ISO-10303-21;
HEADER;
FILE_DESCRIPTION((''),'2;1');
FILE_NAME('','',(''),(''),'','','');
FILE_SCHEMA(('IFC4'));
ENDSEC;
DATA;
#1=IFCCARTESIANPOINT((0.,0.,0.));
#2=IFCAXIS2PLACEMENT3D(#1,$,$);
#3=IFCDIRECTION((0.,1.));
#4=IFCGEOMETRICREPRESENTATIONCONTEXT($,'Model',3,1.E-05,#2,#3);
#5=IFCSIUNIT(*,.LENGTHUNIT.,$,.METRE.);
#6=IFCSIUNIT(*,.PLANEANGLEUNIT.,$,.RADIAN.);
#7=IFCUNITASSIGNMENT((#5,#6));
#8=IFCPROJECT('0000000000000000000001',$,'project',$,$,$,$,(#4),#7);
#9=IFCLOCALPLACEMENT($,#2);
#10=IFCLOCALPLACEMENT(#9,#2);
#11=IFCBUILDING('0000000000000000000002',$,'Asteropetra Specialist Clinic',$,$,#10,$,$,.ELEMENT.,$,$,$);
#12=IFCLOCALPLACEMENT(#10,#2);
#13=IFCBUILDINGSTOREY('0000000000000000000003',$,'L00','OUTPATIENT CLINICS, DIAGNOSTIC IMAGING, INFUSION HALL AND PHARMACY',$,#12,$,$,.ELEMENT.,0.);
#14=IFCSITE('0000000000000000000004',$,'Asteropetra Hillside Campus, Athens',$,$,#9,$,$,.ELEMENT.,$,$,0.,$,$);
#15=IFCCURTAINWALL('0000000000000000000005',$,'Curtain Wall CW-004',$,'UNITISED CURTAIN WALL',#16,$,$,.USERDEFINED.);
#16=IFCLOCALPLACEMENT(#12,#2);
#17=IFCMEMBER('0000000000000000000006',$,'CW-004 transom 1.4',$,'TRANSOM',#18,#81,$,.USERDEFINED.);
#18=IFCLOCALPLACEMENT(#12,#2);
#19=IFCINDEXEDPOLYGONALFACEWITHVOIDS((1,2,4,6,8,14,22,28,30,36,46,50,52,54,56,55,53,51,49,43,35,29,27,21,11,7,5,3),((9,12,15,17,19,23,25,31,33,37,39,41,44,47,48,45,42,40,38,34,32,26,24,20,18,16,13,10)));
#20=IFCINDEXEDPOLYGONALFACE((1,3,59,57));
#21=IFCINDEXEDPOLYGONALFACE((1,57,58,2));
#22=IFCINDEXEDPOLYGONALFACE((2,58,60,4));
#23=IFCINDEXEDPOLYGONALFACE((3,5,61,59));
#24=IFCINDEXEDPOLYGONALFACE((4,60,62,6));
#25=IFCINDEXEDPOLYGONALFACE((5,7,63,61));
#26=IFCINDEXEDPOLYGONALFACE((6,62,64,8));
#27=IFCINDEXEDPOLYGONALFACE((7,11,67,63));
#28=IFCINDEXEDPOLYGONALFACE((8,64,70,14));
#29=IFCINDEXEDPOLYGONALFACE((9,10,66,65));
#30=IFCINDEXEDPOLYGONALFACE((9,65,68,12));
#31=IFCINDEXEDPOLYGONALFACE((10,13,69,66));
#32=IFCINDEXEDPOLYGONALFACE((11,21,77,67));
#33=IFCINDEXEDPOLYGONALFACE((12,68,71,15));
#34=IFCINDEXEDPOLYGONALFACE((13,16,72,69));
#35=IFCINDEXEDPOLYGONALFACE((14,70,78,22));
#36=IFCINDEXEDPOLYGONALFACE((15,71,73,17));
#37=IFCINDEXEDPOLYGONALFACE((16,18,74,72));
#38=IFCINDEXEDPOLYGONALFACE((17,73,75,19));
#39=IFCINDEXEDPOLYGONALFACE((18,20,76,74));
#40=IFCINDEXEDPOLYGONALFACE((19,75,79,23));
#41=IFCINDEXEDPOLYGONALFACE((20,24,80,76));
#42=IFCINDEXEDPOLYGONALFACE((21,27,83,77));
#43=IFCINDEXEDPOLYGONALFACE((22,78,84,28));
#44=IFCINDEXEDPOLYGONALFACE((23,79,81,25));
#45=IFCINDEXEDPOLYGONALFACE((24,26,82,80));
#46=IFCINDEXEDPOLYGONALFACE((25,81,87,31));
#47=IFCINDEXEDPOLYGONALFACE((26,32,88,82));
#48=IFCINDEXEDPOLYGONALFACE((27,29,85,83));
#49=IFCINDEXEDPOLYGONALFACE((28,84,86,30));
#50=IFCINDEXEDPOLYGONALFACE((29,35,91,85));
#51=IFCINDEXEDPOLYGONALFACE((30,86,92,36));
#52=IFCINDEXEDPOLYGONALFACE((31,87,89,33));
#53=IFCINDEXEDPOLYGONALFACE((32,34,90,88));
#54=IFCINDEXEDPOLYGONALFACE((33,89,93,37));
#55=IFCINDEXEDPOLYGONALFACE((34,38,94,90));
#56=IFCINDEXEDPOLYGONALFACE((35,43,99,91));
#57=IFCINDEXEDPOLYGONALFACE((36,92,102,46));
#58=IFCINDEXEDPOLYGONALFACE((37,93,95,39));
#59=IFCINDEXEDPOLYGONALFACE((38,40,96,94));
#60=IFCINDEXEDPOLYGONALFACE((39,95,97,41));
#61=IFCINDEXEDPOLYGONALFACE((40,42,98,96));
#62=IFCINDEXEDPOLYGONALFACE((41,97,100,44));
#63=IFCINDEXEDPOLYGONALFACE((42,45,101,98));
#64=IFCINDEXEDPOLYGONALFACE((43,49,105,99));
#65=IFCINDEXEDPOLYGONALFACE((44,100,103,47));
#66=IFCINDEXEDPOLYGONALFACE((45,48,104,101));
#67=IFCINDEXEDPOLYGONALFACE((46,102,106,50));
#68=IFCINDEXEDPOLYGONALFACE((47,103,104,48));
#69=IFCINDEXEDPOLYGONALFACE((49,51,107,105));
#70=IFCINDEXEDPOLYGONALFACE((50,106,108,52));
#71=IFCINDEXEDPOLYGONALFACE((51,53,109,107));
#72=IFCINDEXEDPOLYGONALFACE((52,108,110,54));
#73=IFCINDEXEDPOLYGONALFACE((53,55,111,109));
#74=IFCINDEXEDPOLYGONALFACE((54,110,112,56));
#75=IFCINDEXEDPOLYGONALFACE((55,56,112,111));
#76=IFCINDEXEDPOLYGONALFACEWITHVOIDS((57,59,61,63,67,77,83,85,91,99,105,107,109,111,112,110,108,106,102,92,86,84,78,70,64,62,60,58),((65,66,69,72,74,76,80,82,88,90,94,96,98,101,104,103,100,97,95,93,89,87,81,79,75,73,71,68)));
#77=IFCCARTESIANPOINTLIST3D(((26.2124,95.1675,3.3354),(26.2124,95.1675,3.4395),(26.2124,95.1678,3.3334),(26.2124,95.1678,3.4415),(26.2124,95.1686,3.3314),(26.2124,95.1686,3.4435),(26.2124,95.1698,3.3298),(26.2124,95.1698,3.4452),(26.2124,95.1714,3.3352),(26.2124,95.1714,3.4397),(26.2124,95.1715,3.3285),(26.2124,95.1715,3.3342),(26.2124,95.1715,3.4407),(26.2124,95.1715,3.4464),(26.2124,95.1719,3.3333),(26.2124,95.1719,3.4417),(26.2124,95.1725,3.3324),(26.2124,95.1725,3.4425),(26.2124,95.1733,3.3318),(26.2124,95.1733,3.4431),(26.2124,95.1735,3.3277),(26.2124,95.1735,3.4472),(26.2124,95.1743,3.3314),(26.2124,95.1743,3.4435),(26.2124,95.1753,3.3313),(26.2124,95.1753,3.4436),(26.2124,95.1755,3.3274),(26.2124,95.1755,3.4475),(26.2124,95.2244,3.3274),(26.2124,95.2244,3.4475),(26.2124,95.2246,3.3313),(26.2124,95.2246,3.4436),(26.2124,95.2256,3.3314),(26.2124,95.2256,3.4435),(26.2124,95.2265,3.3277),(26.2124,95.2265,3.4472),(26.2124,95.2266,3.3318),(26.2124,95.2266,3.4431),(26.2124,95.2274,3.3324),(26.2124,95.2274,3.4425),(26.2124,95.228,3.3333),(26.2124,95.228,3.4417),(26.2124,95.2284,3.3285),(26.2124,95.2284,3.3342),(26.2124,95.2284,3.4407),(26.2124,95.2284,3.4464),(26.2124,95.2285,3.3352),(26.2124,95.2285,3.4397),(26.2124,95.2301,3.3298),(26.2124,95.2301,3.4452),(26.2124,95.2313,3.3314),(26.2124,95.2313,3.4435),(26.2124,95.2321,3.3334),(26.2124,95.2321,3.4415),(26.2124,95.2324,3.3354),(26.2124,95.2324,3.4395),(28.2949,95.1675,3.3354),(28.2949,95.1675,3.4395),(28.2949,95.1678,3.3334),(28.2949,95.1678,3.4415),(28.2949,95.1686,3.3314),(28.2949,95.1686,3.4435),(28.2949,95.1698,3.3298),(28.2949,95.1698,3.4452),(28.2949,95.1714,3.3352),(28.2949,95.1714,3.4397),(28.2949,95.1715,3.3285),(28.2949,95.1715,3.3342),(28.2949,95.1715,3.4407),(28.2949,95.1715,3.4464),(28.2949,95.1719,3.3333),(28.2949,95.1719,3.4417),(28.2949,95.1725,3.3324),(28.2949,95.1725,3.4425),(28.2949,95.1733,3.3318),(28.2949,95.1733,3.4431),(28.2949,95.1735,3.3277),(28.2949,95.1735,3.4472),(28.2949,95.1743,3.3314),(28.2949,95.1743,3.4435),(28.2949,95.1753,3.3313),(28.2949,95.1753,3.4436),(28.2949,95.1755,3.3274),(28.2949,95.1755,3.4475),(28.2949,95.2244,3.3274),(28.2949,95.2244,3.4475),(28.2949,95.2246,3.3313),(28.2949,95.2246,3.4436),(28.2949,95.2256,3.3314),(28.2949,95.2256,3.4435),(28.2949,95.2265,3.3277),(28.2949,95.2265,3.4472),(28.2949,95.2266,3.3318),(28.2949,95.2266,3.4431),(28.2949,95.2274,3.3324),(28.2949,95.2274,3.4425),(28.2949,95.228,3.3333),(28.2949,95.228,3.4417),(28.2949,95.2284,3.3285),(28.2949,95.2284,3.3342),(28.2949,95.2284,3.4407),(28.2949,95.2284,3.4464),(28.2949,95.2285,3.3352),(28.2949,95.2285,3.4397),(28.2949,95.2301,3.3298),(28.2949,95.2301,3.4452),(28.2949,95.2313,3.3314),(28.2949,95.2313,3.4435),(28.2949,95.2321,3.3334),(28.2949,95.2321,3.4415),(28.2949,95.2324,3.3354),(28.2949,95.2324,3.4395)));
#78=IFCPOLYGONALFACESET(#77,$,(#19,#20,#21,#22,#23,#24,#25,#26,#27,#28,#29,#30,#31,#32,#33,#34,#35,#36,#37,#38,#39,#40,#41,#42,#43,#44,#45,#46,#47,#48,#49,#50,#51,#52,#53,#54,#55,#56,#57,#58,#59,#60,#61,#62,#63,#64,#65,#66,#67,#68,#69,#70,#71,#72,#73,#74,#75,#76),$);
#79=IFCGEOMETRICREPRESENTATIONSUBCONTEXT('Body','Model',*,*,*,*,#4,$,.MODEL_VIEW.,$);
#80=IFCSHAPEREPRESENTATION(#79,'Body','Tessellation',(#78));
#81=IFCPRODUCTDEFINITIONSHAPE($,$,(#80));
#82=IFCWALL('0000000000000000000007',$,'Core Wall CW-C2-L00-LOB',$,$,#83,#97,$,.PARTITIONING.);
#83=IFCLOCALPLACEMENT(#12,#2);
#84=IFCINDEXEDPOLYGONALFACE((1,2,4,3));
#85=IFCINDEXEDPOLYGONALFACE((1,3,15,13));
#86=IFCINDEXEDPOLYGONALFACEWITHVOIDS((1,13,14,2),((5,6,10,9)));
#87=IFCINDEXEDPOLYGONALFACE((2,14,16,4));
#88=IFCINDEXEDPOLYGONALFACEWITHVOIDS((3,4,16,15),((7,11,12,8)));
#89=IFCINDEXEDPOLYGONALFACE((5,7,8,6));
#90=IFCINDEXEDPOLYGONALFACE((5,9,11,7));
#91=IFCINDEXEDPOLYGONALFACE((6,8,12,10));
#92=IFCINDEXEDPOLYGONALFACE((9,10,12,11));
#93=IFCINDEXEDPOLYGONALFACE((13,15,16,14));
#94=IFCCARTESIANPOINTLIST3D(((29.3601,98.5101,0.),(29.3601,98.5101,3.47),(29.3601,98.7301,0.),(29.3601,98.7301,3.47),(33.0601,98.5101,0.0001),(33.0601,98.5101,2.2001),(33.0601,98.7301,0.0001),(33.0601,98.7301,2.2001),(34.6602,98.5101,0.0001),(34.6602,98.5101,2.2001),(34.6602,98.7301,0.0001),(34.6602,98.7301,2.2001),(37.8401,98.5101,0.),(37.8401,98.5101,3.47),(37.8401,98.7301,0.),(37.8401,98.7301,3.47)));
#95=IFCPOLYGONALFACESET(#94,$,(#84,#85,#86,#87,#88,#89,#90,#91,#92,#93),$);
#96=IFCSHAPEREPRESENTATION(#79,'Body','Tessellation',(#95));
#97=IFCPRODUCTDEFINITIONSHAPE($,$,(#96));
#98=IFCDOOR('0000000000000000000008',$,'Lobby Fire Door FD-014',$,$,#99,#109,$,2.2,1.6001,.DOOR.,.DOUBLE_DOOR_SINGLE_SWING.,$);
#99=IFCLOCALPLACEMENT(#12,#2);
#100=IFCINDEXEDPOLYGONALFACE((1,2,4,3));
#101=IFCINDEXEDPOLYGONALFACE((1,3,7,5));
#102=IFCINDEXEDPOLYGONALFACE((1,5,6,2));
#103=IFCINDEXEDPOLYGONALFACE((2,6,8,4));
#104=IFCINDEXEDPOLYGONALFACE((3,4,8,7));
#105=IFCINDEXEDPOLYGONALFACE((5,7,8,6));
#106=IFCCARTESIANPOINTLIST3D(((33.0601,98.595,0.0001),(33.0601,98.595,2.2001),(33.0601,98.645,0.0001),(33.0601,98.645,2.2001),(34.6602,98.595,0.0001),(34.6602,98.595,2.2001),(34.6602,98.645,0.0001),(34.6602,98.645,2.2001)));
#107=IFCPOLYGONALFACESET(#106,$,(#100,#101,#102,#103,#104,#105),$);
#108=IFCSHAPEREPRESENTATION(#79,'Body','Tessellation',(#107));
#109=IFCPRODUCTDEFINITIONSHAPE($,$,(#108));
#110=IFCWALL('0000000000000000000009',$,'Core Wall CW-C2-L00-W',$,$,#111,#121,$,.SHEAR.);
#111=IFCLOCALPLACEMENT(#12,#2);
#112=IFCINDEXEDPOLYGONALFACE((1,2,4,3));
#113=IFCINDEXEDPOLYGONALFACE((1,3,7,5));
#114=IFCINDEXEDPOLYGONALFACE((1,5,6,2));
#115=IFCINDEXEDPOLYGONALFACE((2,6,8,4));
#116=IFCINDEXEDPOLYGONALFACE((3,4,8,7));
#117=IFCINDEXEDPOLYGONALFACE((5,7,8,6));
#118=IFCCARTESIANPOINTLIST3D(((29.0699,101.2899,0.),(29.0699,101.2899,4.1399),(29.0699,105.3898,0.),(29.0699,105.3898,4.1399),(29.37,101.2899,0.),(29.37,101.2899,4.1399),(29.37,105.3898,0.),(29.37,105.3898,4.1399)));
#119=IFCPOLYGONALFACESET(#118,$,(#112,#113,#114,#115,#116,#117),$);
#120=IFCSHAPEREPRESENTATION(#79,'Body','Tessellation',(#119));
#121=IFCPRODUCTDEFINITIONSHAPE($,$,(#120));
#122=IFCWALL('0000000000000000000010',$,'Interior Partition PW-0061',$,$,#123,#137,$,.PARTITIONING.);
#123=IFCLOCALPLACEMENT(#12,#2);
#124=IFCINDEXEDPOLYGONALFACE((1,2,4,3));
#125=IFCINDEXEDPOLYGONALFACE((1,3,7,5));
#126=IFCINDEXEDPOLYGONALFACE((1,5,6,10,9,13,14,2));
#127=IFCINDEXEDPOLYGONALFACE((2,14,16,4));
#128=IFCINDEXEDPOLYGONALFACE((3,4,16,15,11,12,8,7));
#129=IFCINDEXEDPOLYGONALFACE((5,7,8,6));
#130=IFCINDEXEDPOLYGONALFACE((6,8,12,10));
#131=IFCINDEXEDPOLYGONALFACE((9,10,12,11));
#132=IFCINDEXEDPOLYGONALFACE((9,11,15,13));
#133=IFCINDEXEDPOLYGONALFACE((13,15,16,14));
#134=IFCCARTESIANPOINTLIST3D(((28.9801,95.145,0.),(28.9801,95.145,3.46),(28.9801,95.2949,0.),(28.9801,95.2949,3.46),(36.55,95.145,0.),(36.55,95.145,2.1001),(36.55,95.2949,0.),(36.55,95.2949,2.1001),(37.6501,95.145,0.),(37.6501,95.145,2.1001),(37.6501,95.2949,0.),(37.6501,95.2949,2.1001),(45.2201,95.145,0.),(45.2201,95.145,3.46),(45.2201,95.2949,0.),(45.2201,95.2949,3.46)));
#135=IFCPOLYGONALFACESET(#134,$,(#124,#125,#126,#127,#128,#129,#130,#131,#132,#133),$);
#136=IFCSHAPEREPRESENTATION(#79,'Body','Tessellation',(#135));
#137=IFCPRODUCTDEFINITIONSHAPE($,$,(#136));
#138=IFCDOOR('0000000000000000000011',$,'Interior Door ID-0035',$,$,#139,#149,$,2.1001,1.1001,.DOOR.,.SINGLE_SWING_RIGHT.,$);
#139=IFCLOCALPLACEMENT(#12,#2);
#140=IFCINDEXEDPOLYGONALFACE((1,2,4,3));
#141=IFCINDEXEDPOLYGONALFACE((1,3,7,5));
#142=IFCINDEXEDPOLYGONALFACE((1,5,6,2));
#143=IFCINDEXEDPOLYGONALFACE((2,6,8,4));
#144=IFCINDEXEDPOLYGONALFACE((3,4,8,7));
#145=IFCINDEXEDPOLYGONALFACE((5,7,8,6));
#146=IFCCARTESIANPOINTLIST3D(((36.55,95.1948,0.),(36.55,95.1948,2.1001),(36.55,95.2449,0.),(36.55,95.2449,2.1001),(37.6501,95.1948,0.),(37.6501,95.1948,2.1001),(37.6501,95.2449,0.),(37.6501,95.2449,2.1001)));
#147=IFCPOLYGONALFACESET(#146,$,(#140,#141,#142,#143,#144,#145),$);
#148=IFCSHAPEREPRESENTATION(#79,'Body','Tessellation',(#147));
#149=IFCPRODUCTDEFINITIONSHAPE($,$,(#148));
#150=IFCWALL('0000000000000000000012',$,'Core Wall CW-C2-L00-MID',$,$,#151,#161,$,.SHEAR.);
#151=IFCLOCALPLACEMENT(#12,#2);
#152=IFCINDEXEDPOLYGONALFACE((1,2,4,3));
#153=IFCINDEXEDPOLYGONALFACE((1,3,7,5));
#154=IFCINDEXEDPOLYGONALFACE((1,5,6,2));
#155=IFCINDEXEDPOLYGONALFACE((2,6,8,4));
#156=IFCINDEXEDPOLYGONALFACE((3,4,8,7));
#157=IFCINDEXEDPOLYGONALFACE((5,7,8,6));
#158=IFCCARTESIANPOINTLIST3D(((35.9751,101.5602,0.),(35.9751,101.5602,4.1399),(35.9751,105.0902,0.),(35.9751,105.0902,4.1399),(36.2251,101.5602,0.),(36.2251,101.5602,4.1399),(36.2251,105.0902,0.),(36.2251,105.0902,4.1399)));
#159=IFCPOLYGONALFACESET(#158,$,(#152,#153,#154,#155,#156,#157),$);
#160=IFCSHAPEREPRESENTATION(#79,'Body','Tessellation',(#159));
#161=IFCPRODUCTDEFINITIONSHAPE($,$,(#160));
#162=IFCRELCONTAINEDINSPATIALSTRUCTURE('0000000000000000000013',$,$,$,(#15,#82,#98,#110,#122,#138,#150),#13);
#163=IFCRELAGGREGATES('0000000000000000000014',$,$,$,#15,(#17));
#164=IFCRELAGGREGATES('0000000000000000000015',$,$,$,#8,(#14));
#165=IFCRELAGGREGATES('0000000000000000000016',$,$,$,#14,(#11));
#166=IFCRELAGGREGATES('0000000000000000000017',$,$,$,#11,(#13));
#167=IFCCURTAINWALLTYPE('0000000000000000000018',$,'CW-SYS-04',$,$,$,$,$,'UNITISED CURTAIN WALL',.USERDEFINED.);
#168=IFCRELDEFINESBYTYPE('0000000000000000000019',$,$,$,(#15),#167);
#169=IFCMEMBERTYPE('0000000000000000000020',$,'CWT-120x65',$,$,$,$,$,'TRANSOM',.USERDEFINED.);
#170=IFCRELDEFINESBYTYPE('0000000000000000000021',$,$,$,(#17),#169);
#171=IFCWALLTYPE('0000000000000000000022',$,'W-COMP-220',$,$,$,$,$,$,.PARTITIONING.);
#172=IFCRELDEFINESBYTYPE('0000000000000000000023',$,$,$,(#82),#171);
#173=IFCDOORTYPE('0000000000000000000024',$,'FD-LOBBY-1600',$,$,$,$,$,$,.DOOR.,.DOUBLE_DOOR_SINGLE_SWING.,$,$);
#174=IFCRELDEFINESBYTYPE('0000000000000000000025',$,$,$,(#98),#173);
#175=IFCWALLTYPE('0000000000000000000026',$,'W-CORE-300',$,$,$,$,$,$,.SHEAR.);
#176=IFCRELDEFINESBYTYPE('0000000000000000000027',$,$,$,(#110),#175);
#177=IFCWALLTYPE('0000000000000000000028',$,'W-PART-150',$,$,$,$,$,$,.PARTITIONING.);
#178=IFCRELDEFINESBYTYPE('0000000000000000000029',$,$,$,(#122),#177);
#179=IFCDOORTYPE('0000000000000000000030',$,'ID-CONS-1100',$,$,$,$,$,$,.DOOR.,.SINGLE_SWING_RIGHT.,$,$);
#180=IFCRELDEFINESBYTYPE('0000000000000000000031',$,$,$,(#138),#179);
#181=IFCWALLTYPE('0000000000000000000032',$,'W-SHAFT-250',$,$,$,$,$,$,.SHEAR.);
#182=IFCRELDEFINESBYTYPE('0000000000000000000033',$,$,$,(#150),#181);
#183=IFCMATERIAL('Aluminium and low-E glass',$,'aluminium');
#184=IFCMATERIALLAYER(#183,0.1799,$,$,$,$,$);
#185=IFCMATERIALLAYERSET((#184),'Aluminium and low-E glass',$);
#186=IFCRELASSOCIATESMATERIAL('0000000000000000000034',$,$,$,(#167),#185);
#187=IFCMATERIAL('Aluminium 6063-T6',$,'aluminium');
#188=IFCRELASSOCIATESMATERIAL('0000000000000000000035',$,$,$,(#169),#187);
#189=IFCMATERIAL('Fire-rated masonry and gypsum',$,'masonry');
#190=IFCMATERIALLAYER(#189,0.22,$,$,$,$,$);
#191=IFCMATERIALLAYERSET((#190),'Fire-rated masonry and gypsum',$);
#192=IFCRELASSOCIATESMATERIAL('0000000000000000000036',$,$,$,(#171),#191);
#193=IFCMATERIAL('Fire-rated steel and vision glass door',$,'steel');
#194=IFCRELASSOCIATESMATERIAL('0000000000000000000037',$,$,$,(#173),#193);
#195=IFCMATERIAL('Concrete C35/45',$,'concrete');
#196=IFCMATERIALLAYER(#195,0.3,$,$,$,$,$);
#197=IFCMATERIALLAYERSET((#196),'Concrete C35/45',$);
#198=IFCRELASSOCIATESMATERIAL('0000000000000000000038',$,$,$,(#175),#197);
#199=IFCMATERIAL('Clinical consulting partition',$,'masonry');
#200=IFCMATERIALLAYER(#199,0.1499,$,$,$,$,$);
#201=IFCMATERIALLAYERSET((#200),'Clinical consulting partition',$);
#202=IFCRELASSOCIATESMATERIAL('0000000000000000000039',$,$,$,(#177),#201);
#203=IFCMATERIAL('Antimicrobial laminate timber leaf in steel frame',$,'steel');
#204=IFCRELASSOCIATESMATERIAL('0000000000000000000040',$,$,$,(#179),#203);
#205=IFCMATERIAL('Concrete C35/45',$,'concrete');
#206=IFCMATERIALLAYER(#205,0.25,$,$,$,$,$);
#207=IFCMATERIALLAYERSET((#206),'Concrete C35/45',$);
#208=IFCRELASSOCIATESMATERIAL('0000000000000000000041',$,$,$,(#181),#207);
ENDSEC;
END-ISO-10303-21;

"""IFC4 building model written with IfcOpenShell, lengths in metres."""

from ifc_helpers import new_model, si_unit, direction, frame, frame_2d, origin, origin_2d, place, context, subcontext, project, spatial, rectangle, hollow_rectangle, extrude, material, layer, layer_set, material_profile, profile_set, type_object, element, fill, aggregate, save


model = new_model("IFC4")

# Units and contexts
model_context = context("Model", 3, precision=1e-05, world=origin(), true_north=direction((0.0, 1.0)))
body_context = subcontext(model_context, "Body", "Model", "MODEL_VIEW")
ifc_project = project(units=[si_unit("LENGTHUNIT", "METRE"), si_unit("PLANEANGLEUNIT", "RADIAN")], contexts=[model_context])

# Site, building, storey
site_placement = place(None, origin())
site = spatial("IfcSite", under=ifc_project, at=site_placement, Name="Asteropetra Hillside Campus, Athens", CompositionType="ELEMENT", RefElevation=0.0)
building_placement = place(site_placement, origin())
building = spatial("IfcBuilding", under=site, at=building_placement, Name="Asteropetra Specialist Clinic", CompositionType="ELEMENT")
storey_placement = place(building_placement, origin())
storey = spatial("IfcBuildingStorey", under=building, at=storey_placement, Name="L00", Description="OUTPATIENT CLINICS, DIAGNOSTIC IMAGING, INFUSION HALL AND PHARMACY", CompositionType="ELEMENT", Elevation=0.0)

# Curtain wall, member
ifc_material_1 = material(Name="Aluminium and low-E glass", Category="aluminium")
ifc_layer_1 = layer(ifc_material_1, 0.1799)
ifc_layer_set_1 = layer_set([ifc_layer_1], Name="Aluminium and low-E glass")
curtain_wall_type = type_object("IfcCurtainWallType", Name="CW-SYS-04", ElementType="UNITISED CURTAIN WALL", PredefinedType="USERDEFINED", material=ifc_layer_set_1)
curtain_wall_placement = place(storey_placement, origin())
curtain_wall = element("IfcCurtainWall", 1, at=curtain_wall_placement, inside=storey, type_object=curtain_wall_type, Name="Curtain Wall CW-004", ObjectType="UNITISED CURTAIN WALL", PredefinedType="USERDEFINED")
ifc_material_2 = material(Name="Aluminium 6063-T6", Category="aluminium")
ifc_material_profile_1 = material_profile(ifc_material_2, hollow_rectangle(XDim=0.0649, YDim=0.1201, WallThickness=0.0039, InnerFilletRadius=0.0039, OuterFilletRadius=0.0081, at=origin_2d()), Name="TRN 120x65x4.0")
ifc_profile_set_1 = profile_set([ifc_material_profile_1], Name="Aluminium 6063-T6")
member_type_1 = type_object("IfcMemberType", Name="CWT-120x65", ElementType="TRANSOM", PredefinedType="USERDEFINED", material=ifc_profile_set_1)
member_1_placement = place(storey_placement, frame((28.2949, 95.2, 3.3875), z_axis=(-1.0, 0.0, 0.0), x_axis=(0.0, -1.0, 0.0)))
member_1 = element("IfcMember", 2, at=member_1_placement, type_object=member_type_1, Name="CW-004 transom 1.4", ObjectType="TRANSOM", PredefinedType="USERDEFINED", context=body_context, shape_type="SweptSolid", body=[
    extrude(hollow_rectangle(XDim=0.0649, YDim=0.1201, WallThickness=0.0039, InnerFilletRadius=0.0039, OuterFilletRadius=0.0081, at=origin_2d()), origin(), (0.0, 0.0, 1.0), 2.0825),
])
aggregate(curtain_wall, [member_1])

# Wall, opening, door
ifc_material_3 = material(Name="Fire-rated masonry and gypsum", Category="masonry")
ifc_layer_2 = layer(ifc_material_3, 0.22)
ifc_layer_set_2 = layer_set([ifc_layer_2], Name="Fire-rated masonry and gypsum")
wall_type_1 = type_object("IfcWallType", Name="W-COMP-220", PredefinedType="PARTITIONING", material=ifc_layer_set_2)
wall_1_placement = place(storey_placement, frame((29.3601, 98.6201, 0.0), z_axis=(0.0, 0.0, 1.0), x_axis=(1.0, 0.0, 0.0)))
wall_1 = element("IfcWall", 3, at=wall_1_placement, inside=storey, type_object=wall_type_1, Name="Core Wall CW-C2-L00-LOB", PredefinedType="PARTITIONING", context=body_context, shape_type="SweptSolid", body=[
    extrude(rectangle(XDim=8.48, YDim=0.22, at=frame_2d((4.24, 0.0))), origin(), (0.0, 0.0, 1.0), 3.47),
])
opening_1_placement = place(wall_1_placement, frame((3.7, 0.0, 0.0)))
opening_1 = element("IfcOpeningElement", 4, at=opening_1_placement, cuts=wall_1, PredefinedType="OPENING", context=body_context, shape_type="SweptSolid", body=[
    extrude(rectangle(XDim=1.6001, YDim=2.2, at=frame_2d((0.8, 1.1001))), frame((0.0, 0.1199, 0.0), z_axis=(0.0, -1.0, 0.0), x_axis=(1.0, 0.0, 0.0)), (0.0, 0.0, 1.0), 0.24),
])
ifc_material_4 = material(Name="Fire-rated steel and vision glass door", Category="steel")
door_type_1 = type_object("IfcDoorType", Name="FD-LOBBY-1600", OperationType="DOUBLE_DOOR_SINGLE_SWING", PredefinedType="DOOR", material=ifc_material_4)
door_1_placement = place(opening_1_placement, origin())
door_1 = element("IfcDoor", 5, at=door_1_placement, inside=storey, type_object=door_type_1, Name="Lobby Fire Door FD-014", OperationType="DOUBLE_DOOR_SINGLE_SWING", OverallHeight=2.2, OverallWidth=1.6001, PredefinedType="DOOR", context=body_context, shape_type="SweptSolid", body=[
    extrude(rectangle(XDim=1.6001, YDim=2.2, at=frame_2d((0.8, 1.1001))), frame((0.0, 0.0249, 0.0), z_axis=(0.0, -1.0, 0.0), x_axis=(1.0, 0.0, 0.0)), (0.0, 0.0, 1.0), 0.05),
])
fill(opening_1, door_1)

# Wall
ifc_material_5 = material(Name="Concrete C35/45", Category="concrete")
ifc_layer_3 = layer(ifc_material_5, 0.3)
ifc_layer_set_3 = layer_set([ifc_layer_3], Name="Concrete C35/45")
wall_type_2 = type_object("IfcWallType", Name="W-CORE-300", PredefinedType="SHEAR", material=ifc_layer_set_3)
wall_2_placement = place(storey_placement, frame((29.22, 101.29, 0.0), z_axis=(0.0, 0.0, 1.0), x_axis=(0.0, 1.0, 0.0)))
element("IfcWall", 6, at=wall_2_placement, inside=storey, type_object=wall_type_2, Name="Core Wall CW-C2-L00-W", PredefinedType="SHEAR", context=body_context, shape_type="SweptSolid", body=[
    extrude(rectangle(XDim=4.0999, YDim=0.3, at=frame_2d((2.0498, 0.0))), origin(), (0.0, 0.0, 1.0), 4.1399),
])

# Wall, opening, door
ifc_material_6 = material(Name="Clinical consulting partition", Category="masonry")
ifc_layer_4 = layer(ifc_material_6, 0.1499)
ifc_layer_set_4 = layer_set([ifc_layer_4], Name="Clinical consulting partition")
wall_type_3 = type_object("IfcWallType", Name="W-PART-150", PredefinedType="PARTITIONING", material=ifc_layer_set_4)
wall_3_placement = place(storey_placement, frame((28.98, 95.22, 0.0), z_axis=(0.0, 0.0, 1.0), x_axis=(1.0, 0.0, 0.0)))
wall_3 = element("IfcWall", 7, at=wall_3_placement, inside=storey, type_object=wall_type_3, Name="Interior Partition PW-0061", PredefinedType="PARTITIONING", context=body_context, shape_type="SweptSolid", body=[
    extrude(rectangle(XDim=16.24, YDim=0.1499, at=frame_2d((8.1201, 0.0))), origin(), (0.0, 0.0, 1.0), 3.46),
])
opening_2_placement = place(wall_3_placement, frame((7.5701, 0.0, 0.0)))
opening_2 = element("IfcOpeningElement", 8, at=opening_2_placement, cuts=wall_3, PredefinedType="OPENING", context=body_context, shape_type="SweptSolid", body=[
    extrude(rectangle(XDim=1.1001, YDim=2.1001, at=frame_2d((0.55, 1.05))), frame((0.0, 0.085, 0.0), z_axis=(0.0, -1.0, 0.0), x_axis=(1.0, 0.0, 0.0)), (0.0, 0.0, 1.0), 0.1699),
])
ifc_material_7 = material(Name="Antimicrobial laminate timber leaf in steel frame", Category="steel")
door_type_2 = type_object("IfcDoorType", Name="ID-CONS-1100", OperationType="SINGLE_SWING_RIGHT", PredefinedType="DOOR", material=ifc_material_7)
door_2_placement = place(opening_2_placement, origin())
door_2 = element("IfcDoor", 9, at=door_2_placement, inside=storey, type_object=door_type_2, Name="Interior Door ID-0035", OperationType="SINGLE_SWING_RIGHT", OverallHeight=2.1001, OverallWidth=1.1001, PredefinedType="DOOR", context=body_context, shape_type="SweptSolid", body=[
    extrude(rectangle(XDim=1.1001, YDim=2.1001, at=frame_2d((0.55, 1.05))), frame((0.0, 0.0249, 0.0), z_axis=(0.0, -1.0, 0.0), x_axis=(1.0, 0.0, 0.0)), (0.0, 0.0, 1.0), 0.05),
])
fill(opening_2, door_2)

# Wall
ifc_material_8 = material(Name="Concrete C35/45", Category="concrete")
ifc_layer_5 = layer(ifc_material_8, 0.25)
ifc_layer_set_5 = layer_set([ifc_layer_5], Name="Concrete C35/45")
wall_type_4 = type_object("IfcWallType", Name="W-SHAFT-250", PredefinedType="SHEAR", material=ifc_layer_set_5)
wall_4_placement = place(storey_placement, frame((36.1001, 101.5601, 0.0), z_axis=(0.0, 0.0, 1.0), x_axis=(0.0, 1.0, 0.0)))
element("IfcWall", 10, at=wall_4_placement, inside=storey, type_object=wall_type_4, Name="Core Wall CW-C2-L00-MID", PredefinedType="SHEAR", context=body_context, shape_type="SweptSolid", body=[
    extrude(rectangle(XDim=3.53, YDim=0.25, at=frame_2d((1.7651, 0.0))), origin(), (0.0, 0.0, 1.0), 4.1399),
])

save(model, "model.ifc")
